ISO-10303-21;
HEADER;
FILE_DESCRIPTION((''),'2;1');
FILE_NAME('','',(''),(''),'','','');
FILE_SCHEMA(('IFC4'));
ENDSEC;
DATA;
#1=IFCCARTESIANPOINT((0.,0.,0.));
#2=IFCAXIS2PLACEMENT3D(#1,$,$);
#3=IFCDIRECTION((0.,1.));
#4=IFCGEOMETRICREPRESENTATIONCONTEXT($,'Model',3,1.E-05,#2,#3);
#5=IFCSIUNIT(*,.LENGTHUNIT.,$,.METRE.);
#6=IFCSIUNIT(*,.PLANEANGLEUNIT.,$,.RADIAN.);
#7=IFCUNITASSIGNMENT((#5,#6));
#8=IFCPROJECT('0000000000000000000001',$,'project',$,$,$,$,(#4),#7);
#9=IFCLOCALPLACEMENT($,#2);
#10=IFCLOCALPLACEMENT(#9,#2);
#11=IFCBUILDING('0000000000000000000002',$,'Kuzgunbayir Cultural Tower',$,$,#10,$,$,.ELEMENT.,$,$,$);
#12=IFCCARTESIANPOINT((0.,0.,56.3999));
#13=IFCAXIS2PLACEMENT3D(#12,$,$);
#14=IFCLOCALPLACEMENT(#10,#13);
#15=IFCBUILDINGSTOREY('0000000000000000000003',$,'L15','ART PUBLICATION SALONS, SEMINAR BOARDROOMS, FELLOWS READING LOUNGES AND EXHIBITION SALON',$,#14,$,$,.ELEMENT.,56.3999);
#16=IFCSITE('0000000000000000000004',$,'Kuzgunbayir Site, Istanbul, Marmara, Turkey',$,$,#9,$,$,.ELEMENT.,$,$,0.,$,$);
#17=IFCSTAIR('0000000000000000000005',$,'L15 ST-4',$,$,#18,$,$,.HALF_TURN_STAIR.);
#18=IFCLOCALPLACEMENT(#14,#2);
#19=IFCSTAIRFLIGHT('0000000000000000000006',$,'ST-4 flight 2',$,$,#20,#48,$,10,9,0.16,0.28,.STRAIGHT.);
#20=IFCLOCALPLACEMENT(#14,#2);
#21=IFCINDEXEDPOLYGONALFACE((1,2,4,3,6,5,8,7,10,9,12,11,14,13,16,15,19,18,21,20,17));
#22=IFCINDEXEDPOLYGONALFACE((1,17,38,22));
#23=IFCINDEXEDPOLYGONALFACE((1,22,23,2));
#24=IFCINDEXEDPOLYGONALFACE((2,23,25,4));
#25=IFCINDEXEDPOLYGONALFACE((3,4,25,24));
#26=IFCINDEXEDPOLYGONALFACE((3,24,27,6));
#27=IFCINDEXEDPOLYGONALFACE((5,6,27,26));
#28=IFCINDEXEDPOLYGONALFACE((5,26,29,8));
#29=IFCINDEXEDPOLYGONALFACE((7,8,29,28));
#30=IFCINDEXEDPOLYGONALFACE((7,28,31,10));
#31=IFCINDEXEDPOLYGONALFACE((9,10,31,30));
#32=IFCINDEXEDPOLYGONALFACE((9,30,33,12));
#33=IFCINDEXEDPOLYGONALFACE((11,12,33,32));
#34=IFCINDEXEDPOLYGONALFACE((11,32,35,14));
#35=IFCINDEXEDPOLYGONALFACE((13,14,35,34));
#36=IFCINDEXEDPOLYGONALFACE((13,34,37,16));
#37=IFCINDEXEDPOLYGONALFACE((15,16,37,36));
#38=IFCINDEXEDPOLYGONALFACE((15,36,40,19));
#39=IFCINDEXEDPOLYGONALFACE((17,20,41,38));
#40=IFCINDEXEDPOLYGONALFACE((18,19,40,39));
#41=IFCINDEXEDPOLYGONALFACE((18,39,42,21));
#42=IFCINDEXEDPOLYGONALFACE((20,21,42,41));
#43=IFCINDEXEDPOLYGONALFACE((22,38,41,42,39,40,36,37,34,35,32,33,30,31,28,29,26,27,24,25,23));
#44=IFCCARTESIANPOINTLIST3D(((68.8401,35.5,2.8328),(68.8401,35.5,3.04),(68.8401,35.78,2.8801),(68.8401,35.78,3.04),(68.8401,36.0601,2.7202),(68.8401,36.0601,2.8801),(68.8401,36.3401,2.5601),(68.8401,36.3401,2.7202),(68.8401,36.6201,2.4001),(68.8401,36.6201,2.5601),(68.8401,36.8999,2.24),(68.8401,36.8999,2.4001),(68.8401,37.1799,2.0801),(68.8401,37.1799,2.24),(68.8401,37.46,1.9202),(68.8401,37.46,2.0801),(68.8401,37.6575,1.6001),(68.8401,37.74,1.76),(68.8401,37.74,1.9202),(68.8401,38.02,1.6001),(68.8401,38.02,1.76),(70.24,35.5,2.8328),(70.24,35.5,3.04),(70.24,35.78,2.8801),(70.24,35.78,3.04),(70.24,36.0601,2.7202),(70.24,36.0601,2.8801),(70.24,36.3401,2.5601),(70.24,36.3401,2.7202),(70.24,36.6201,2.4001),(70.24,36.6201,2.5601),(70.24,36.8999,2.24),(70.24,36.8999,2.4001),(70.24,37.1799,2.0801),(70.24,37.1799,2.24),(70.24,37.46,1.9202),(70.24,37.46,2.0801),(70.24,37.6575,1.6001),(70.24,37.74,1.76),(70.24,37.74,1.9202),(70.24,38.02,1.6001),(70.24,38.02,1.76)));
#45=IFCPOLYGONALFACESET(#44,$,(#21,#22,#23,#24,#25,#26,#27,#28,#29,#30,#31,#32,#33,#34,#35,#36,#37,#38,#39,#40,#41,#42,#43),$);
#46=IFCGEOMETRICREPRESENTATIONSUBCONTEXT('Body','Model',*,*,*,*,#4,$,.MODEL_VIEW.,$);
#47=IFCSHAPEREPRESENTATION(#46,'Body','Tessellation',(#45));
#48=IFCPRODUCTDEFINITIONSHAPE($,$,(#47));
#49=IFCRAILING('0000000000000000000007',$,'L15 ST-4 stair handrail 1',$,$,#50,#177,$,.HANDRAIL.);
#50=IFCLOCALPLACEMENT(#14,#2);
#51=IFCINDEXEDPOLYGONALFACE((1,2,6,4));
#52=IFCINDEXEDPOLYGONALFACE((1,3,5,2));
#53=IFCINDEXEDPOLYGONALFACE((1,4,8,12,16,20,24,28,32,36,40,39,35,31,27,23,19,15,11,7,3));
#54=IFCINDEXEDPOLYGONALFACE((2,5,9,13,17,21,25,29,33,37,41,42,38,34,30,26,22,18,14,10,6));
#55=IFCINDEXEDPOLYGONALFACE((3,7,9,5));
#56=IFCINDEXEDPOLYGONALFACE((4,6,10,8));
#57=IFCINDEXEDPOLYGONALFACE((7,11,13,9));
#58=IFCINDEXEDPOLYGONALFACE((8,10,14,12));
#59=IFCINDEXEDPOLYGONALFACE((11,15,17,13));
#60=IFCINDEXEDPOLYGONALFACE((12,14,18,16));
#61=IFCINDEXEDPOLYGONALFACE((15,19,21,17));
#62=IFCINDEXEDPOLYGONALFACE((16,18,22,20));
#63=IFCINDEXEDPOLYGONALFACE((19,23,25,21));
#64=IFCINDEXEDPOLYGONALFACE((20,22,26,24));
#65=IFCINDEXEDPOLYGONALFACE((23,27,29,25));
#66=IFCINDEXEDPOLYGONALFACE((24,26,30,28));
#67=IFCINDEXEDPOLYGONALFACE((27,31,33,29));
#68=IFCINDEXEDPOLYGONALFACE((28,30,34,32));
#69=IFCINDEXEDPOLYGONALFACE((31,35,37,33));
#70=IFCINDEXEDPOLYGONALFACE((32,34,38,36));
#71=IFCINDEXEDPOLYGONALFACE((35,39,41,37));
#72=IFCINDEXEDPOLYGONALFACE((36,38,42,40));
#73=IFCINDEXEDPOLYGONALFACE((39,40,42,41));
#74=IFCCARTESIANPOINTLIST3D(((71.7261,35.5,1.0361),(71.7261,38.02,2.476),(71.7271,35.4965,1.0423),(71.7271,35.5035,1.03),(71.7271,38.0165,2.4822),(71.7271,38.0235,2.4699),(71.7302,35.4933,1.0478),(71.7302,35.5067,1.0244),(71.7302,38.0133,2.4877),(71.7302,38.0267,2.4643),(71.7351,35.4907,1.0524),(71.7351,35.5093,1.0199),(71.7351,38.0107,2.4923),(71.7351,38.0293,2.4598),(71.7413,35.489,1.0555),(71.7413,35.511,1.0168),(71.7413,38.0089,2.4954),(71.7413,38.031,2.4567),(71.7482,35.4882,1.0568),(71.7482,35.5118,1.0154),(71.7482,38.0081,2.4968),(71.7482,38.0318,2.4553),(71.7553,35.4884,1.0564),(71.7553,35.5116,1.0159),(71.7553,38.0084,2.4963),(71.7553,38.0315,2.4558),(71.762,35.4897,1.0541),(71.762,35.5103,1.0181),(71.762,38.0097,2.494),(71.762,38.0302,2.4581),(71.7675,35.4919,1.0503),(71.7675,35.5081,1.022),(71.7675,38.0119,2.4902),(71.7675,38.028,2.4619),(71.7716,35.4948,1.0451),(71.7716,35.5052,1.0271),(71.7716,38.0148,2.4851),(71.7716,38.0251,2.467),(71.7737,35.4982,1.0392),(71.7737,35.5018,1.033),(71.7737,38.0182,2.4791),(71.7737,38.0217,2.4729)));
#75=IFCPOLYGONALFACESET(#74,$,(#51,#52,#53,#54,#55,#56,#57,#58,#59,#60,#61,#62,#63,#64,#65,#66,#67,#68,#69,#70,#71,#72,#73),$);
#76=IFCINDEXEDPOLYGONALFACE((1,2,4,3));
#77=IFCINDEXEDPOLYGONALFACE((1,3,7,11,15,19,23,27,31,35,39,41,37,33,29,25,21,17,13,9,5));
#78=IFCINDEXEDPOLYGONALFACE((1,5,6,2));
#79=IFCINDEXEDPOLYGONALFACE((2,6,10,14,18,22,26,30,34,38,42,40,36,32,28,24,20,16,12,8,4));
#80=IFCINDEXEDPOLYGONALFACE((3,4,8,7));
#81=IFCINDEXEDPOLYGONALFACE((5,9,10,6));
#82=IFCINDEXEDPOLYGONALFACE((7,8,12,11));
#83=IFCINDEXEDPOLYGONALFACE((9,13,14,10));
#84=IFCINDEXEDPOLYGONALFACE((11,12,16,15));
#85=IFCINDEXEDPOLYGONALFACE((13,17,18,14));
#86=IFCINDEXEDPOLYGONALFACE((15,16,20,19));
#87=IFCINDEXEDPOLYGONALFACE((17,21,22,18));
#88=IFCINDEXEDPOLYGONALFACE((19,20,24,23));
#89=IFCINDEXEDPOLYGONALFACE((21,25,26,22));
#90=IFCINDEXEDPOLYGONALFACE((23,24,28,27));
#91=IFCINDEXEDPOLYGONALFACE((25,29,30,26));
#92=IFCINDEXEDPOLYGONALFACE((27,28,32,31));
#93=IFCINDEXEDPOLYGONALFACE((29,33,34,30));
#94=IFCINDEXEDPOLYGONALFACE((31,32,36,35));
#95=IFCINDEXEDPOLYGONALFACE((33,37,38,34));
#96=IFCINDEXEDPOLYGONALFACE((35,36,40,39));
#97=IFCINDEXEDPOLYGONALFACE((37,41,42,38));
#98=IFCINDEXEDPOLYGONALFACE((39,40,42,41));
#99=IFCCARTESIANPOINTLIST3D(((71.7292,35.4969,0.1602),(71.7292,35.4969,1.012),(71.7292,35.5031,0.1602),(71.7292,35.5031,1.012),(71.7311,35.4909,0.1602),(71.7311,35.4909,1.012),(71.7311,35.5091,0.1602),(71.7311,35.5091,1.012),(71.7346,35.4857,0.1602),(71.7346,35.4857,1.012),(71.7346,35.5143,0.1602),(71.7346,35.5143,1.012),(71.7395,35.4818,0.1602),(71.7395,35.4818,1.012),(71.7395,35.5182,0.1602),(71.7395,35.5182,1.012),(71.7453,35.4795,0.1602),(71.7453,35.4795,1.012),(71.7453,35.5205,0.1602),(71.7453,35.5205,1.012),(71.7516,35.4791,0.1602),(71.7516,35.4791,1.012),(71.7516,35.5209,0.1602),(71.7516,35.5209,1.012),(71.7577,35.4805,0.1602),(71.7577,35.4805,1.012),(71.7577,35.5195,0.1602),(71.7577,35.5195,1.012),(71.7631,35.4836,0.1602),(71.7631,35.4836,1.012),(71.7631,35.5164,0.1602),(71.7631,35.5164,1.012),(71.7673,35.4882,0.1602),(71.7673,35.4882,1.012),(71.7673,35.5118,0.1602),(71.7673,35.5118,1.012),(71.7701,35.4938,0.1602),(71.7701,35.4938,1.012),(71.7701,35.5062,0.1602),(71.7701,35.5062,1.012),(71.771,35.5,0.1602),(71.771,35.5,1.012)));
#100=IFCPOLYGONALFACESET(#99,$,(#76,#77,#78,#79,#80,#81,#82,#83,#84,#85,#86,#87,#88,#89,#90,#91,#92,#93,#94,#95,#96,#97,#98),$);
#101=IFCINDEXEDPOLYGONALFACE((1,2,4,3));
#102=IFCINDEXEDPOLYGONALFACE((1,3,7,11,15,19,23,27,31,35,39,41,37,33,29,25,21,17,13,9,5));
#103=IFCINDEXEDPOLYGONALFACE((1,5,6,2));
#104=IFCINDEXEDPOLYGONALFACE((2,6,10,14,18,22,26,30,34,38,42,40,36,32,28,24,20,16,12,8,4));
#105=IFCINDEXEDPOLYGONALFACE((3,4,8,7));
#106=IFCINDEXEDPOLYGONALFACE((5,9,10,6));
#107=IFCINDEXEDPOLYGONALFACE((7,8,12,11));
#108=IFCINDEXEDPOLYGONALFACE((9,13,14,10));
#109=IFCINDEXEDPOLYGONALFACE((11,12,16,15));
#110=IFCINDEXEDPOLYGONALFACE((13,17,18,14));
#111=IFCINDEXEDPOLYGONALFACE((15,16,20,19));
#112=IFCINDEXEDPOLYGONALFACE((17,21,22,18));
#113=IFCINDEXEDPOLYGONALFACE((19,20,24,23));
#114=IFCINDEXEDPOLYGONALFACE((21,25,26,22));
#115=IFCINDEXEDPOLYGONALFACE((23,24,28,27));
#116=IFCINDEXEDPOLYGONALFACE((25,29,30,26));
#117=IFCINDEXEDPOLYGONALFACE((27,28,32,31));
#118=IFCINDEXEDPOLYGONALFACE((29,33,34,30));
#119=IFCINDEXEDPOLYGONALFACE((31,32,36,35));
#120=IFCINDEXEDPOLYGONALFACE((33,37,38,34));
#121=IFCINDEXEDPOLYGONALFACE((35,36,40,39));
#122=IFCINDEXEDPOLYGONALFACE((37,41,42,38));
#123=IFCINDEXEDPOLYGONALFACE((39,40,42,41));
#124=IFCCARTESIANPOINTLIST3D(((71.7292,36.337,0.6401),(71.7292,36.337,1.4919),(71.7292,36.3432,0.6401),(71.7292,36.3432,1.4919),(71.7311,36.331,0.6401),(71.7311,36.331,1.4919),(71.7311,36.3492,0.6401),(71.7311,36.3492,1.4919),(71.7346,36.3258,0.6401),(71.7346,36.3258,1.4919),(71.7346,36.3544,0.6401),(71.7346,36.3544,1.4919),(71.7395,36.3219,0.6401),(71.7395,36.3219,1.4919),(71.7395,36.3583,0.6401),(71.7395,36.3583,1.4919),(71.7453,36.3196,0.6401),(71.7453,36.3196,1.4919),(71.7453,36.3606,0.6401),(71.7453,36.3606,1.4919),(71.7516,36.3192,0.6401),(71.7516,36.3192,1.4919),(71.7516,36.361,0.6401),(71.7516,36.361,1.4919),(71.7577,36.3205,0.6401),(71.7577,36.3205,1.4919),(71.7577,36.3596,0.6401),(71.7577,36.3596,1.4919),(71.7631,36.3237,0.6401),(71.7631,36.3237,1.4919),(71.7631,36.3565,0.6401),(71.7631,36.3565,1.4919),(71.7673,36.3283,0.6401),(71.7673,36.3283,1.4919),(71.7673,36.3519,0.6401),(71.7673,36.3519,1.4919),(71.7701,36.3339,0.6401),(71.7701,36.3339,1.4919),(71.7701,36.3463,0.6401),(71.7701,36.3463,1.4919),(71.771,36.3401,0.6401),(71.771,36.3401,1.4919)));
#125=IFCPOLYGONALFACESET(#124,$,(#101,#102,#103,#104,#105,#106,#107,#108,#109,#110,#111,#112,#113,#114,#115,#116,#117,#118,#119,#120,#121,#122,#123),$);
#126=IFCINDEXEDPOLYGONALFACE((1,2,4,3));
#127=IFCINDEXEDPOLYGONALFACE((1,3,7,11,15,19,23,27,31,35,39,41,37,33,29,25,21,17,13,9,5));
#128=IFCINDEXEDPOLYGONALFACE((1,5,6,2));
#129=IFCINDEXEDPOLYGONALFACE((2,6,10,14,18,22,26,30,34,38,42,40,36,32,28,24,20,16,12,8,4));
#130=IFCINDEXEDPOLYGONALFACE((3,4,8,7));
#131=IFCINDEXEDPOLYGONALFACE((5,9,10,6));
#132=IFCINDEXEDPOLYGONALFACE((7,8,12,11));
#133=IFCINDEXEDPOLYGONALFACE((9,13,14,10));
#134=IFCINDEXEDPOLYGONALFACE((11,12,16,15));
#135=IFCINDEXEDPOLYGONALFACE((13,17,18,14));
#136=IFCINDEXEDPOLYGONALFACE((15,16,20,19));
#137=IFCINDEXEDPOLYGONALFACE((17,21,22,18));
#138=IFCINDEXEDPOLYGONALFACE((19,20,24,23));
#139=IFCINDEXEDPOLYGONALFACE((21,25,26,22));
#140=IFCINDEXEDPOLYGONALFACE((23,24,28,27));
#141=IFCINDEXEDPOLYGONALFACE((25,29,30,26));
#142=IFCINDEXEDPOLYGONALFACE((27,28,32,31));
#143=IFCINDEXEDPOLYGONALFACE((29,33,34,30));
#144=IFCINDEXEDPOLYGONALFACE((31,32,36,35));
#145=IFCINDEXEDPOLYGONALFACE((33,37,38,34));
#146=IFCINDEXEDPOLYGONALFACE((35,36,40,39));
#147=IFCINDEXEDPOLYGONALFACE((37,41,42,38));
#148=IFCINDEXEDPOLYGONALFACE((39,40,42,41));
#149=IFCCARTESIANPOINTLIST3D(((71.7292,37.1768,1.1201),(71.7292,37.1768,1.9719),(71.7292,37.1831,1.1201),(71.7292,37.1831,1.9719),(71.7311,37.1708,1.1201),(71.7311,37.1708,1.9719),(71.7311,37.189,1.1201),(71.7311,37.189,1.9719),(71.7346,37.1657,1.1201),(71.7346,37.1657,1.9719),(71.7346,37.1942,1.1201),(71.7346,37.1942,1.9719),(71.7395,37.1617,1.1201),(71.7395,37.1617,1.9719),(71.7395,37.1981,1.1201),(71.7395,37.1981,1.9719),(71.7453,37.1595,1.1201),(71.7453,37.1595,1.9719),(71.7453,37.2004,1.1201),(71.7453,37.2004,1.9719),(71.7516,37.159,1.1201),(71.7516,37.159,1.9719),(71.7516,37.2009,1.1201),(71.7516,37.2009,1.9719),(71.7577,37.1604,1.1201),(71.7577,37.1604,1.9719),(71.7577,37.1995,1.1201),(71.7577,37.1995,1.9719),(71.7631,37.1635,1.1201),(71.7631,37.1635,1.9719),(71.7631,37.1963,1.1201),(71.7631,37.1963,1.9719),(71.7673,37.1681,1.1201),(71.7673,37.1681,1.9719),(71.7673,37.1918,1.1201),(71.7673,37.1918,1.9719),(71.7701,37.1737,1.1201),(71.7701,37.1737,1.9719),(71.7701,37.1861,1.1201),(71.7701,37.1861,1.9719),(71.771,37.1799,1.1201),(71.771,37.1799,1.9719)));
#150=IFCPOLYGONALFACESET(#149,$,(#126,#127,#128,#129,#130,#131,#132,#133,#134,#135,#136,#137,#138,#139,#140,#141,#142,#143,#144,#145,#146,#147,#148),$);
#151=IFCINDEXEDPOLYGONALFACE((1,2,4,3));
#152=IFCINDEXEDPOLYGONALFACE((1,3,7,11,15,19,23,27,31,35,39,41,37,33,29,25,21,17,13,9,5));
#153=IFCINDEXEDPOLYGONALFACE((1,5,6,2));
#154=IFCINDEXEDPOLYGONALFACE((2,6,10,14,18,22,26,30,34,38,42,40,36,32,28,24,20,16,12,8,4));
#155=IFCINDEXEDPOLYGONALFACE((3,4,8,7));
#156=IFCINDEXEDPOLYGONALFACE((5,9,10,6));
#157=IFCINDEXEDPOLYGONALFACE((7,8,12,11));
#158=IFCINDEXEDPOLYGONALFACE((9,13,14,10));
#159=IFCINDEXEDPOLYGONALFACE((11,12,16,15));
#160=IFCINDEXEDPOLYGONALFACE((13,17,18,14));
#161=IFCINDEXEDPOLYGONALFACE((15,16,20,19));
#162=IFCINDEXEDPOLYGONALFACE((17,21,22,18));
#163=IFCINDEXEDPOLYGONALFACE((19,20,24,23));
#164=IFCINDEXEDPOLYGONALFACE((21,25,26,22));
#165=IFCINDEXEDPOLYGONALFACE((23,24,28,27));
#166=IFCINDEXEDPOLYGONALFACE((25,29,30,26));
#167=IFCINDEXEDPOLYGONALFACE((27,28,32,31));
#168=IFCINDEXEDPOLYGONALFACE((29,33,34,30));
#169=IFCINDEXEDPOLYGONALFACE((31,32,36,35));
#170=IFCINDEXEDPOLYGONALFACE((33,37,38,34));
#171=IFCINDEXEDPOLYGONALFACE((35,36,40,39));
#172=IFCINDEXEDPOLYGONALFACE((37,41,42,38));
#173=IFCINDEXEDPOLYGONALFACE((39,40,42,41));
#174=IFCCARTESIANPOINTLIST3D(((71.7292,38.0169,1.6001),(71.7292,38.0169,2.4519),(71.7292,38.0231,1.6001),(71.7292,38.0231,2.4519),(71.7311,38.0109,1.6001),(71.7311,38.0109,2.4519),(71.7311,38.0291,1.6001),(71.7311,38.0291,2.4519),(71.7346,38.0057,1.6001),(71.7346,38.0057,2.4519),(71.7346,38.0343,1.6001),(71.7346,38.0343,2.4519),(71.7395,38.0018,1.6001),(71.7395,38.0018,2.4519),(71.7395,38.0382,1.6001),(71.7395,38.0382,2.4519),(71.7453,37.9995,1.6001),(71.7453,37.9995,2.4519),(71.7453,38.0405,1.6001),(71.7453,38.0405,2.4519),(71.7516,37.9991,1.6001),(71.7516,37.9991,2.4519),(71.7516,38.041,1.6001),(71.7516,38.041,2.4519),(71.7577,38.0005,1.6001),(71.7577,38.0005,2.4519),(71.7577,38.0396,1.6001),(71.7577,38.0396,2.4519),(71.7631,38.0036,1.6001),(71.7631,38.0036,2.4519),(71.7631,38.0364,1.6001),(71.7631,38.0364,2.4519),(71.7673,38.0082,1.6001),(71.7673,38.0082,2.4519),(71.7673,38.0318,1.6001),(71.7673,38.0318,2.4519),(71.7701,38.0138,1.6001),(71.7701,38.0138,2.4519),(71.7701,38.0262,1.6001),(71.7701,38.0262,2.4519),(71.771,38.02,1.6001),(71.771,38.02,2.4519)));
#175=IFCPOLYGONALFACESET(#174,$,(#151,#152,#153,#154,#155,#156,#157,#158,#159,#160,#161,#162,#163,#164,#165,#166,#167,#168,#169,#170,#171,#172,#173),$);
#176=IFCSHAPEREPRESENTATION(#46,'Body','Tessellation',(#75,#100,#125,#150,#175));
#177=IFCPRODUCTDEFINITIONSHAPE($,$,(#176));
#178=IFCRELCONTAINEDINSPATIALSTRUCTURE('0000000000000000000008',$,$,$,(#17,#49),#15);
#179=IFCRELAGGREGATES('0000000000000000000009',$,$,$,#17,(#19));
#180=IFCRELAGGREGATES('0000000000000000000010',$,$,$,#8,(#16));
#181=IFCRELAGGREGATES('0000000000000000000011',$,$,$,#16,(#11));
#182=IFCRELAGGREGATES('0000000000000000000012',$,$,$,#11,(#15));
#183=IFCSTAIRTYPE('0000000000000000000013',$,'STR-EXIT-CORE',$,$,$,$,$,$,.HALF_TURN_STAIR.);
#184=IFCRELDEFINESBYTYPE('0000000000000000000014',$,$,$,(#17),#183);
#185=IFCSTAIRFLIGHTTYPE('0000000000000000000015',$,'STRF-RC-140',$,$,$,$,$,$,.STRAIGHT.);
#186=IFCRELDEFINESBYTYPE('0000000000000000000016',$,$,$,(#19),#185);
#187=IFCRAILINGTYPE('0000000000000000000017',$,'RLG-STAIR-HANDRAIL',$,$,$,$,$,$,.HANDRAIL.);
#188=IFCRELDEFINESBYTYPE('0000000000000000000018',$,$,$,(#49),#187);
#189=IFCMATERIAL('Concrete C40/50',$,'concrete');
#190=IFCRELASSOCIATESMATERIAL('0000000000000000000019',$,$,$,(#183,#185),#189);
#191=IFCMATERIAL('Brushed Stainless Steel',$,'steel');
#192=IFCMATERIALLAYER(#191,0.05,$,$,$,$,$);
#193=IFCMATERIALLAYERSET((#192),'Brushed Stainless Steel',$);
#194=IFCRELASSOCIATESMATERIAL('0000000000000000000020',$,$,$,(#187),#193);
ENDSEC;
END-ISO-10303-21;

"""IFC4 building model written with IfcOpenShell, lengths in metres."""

from ifc_helpers import new_model, si_unit, direction, frame, origin, origin_2d, place, context, subcontext, project, spatial, polyline, circle, outline, extrude, material, layer, layer_set, type_object, element, aggregate, save


model = new_model("IFC4")

# Units and contexts
model_context = context("Model", 3, precision=1e-05, world=origin(), true_north=direction((0.0, 1.0)))
body_context = subcontext(model_context, "Body", "Model", "MODEL_VIEW")
ifc_project = project(units=[si_unit("LENGTHUNIT", "METRE"), si_unit("PLANEANGLEUNIT", "RADIAN")], contexts=[model_context])

# Site, building, storey
site_placement = place(None, origin())
site = spatial("IfcSite", under=ifc_project, at=site_placement, Name="Kuzgunbayir Site, Istanbul, Marmara, Turkey", CompositionType="ELEMENT", RefElevation=0.0)
building_placement = place(site_placement, origin())
building = spatial("IfcBuilding", under=site, at=building_placement, Name="Kuzgunbayir Cultural Tower", CompositionType="ELEMENT")
storey_placement = place(building_placement, frame((0.0, 0.0, 56.3999)))
storey = spatial("IfcBuildingStorey", under=building, at=storey_placement, Name="L15", Description="ART PUBLICATION SALONS, SEMINAR BOARDROOMS, FELLOWS READING LOUNGES AND EXHIBITION SALON", CompositionType="ELEMENT", Elevation=56.3999)

# Shared definitions
ifc_material_1 = material(Name="Concrete C40/50", Category="concrete")
ifc_material_2 = material(Name="Brushed Stainless Steel", Category="steel")

# Stair, stair flight
stair_type = type_object("IfcStairType", Name="STR-EXIT-CORE", PredefinedType="HALF_TURN_STAIR", material=ifc_material_1)
stair_placement = place(storey_placement, origin())
stair = element("IfcStair", 1, at=stair_placement, inside=storey, type_object=stair_type, Name="L15 ST-4", PredefinedType="HALF_TURN_STAIR")
stair_flight_type = type_object("IfcStairFlightType", Name="STRF-RC-140", PredefinedType="STRAIGHT", material=ifc_material_1)
stair_flight_placement = place(storey_placement, frame((69.54, 38.02, 1.6001), z_axis=(0.0, 0.0, 1.0), x_axis=(0.0, -1.0, 0.0)))
stair_flight = element("IfcStairFlight", 2, at=stair_flight_placement, type_object=stair_flight_type, Name="ST-4 flight 2", NumberOfRisers=10, NumberOfTreads=9, PredefinedType="STRAIGHT", RiserHeight=0.16, TreadLength=0.28, context=body_context, shape_type="SweptSolid", body=[
    extrude(outline(polyline([(0.0, 0.0), (0.0, 0.1599), (0.28, 0.1599), (0.28, 0.3201), (0.5601, 0.3201), (0.5601, 0.48), (0.8401, 0.48), (0.8401, 0.6399), (1.1201, 0.6399), (1.1201, 0.8), (1.3999, 0.8), (1.3999, 0.96), (1.6799, 0.96), (1.6799, 1.1201), (1.96, 1.1201), (1.96, 1.28), (2.24, 1.28), (2.24, 1.4399), (2.52, 1.4399), (2.52, 1.6001), (2.52, 1.2327), (0.3625, 0.0), (0.0, 0.0)])), frame((0.0, 0.7, 0.0), z_axis=(0.0, -1.0, 0.0), x_axis=(1.0, 0.0, 0.0)), (0.0, 0.0, 1.0), 1.3999),
])
aggregate(stair, [stair_flight])

# Railing
ifc_layer_1 = layer(ifc_material_2, 0.05)
ifc_layer_set_1 = layer_set([ifc_layer_1], Name="Brushed Stainless Steel")
railing_type_1 = type_object("IfcRailingType", Name="RLG-STAIR-HANDRAIL", PredefinedType="HANDRAIL", material=ifc_layer_set_1)
railing_1_placement = place(storey_placement, frame((71.75, 35.5, 0.1602)))
element("IfcRailing", 3, at=railing_1_placement, inside=storey, type_object=railing_type_1, Name="L15 ST-4 stair handrail 1", PredefinedType="HANDRAIL", context=body_context, shape_type="SweptSolid", body=[
    extrude(circle(Radius=0.0239, at=origin_2d()), frame((0.0, 0.0, 0.876), z_axis=(0.0, 0.868253, 0.496121), x_axis=(-1.0, 0.0, 0.0)), (0.0, 0.0, 1.0), 2.9023),
    extrude(circle(Radius=0.021, at=origin_2d()), origin(), (0.0, 0.0, 1.0), 0.8518),
    extrude(circle(Radius=0.021, at=origin_2d()), frame((0.0, 0.8401, 0.48)), (0.0, 0.0, 1.0), 0.8518),
    extrude(circle(Radius=0.021, at=origin_2d()), frame((0.0, 1.6799, 0.96)), (0.0, 0.0, 1.0), 0.8518),
    extrude(circle(Radius=0.021, at=origin_2d()), frame((0.0, 2.52, 1.4399)), (0.0, 0.0, 1.0), 0.8518),
])

save(model, "model.ifc")
